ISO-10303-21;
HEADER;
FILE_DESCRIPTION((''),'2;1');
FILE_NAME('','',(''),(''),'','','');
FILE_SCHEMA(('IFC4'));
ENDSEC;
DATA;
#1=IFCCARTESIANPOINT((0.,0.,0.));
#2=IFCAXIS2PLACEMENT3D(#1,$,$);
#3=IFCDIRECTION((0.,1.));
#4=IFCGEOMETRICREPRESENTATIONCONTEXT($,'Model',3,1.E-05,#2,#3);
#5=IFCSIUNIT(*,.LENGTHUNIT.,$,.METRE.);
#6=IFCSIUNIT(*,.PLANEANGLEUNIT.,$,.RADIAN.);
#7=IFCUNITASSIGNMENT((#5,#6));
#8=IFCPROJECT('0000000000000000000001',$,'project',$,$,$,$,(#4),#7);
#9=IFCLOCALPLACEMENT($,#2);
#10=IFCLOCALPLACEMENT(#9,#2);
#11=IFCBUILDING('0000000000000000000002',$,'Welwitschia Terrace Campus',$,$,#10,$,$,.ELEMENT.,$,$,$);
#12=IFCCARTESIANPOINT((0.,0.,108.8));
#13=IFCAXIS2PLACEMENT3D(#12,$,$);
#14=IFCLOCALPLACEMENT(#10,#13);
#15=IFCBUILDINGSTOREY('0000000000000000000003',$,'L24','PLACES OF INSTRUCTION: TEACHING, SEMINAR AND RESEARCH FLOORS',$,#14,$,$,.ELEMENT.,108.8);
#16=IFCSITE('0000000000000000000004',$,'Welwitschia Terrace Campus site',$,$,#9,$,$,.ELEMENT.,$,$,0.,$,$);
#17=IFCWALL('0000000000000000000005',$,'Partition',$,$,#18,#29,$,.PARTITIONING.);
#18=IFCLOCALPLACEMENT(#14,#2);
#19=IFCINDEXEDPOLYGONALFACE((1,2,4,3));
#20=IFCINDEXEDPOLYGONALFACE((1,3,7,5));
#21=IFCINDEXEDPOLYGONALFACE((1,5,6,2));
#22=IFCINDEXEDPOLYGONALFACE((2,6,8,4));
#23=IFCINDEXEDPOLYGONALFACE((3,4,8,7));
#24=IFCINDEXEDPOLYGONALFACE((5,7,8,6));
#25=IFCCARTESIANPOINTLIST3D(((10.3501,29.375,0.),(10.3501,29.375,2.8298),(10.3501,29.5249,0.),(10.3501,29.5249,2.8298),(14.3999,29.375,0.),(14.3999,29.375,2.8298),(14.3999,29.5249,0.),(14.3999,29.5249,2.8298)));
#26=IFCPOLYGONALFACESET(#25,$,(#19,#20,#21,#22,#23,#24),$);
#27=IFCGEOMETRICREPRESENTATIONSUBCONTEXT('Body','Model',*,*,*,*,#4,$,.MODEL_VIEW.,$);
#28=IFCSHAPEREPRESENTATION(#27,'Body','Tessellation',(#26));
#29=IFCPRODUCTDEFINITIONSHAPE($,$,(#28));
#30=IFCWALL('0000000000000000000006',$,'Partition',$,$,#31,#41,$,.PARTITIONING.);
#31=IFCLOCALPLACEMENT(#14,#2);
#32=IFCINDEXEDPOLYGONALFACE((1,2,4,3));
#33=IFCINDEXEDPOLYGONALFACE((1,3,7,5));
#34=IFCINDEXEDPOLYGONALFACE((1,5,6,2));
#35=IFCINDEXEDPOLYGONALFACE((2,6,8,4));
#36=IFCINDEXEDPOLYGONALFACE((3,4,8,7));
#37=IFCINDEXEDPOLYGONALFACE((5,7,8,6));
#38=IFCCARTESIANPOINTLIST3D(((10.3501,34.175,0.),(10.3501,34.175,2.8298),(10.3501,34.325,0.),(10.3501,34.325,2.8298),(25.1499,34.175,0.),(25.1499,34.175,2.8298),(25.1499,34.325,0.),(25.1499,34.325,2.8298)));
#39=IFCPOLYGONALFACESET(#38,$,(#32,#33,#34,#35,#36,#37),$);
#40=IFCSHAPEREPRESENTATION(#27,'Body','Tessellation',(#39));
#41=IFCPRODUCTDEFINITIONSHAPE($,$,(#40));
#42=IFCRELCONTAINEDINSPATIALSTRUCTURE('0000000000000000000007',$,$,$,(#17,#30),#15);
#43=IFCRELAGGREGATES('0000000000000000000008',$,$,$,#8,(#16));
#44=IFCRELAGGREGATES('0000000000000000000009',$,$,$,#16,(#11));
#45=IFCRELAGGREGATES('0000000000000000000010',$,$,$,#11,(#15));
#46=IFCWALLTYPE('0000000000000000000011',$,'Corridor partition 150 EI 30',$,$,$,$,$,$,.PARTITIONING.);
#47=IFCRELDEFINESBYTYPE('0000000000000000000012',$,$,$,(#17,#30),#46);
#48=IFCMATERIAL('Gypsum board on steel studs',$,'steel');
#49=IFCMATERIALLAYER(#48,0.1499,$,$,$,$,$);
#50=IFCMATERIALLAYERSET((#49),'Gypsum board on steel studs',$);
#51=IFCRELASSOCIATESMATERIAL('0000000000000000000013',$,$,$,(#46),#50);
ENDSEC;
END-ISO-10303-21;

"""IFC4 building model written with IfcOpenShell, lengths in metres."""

from ifc_helpers import new_model, si_unit, direction, frame, frame_2d, origin, place, context, subcontext, project, spatial, rectangle, extrude, material, layer, layer_set, type_object, element, save


model = new_model("IFC4")

# Units and contexts
model_context = context("Model", 3, precision=1e-05, world=origin(), true_north=direction((0.0, 1.0)))
body_context = subcontext(model_context, "Body", "Model", "MODEL_VIEW")
ifc_project = project(units=[si_unit("LENGTHUNIT", "METRE"), si_unit("PLANEANGLEUNIT", "RADIAN")], contexts=[model_context])

# Site, building, storey
site_placement = place(None, origin())
site = spatial("IfcSite", under=ifc_project, at=site_placement, Name="Welwitschia Terrace Campus site", CompositionType="ELEMENT", RefElevation=0.0)
building_placement = place(site_placement, origin())
building = spatial("IfcBuilding", under=site, at=building_placement, Name="Welwitschia Terrace Campus", CompositionType="ELEMENT")
storey_placement = place(building_placement, frame((0.0, 0.0, 108.8)))
storey = spatial("IfcBuildingStorey", under=building, at=storey_placement, Name="L24", Description="PLACES OF INSTRUCTION: TEACHING, SEMINAR AND RESEARCH FLOORS", CompositionType="ELEMENT", Elevation=108.8)

# Shared definitions
ifc_material_1 = material(Name="Gypsum board on steel studs", Category="steel")
ifc_layer_1 = layer(ifc_material_1, 0.1499)
ifc_layer_set_1 = layer_set([ifc_layer_1], Name="Gypsum board on steel studs")
wall_type = type_object("IfcWallType", Name="Corridor partition 150 EI 30", PredefinedType="PARTITIONING", material=ifc_layer_set_1)

# Walls
wall_1_placement = place(storey_placement, frame((10.3501, 29.45, 0.0), z_axis=(0.0, 0.0, 1.0), x_axis=(1.0, 0.0, 0.0)))
element("IfcWall", 1, at=wall_1_placement, inside=storey, type_object=wall_type, Name="Partition", PredefinedType="PARTITIONING", context=body_context, shape_type="SweptSolid", body=[
    extrude(rectangle(XDim=4.0498, YDim=0.1499, at=frame_2d((2.0249, 0.0))), origin(), (0.0, 0.0, 1.0), 2.8298),
])
wall_2_placement = place(storey_placement, frame((10.3501, 34.25, 0.0), z_axis=(0.0, 0.0, 1.0), x_axis=(1.0, 0.0, 0.0)))
element("IfcWall", 2, at=wall_2_placement, inside=storey, type_object=wall_type, Name="Partition", PredefinedType="PARTITIONING", context=body_context, shape_type="SweptSolid", body=[
    extrude(rectangle(XDim=14.7998, YDim=0.1499, at=frame_2d((7.3999, 0.0))), origin(), (0.0, 0.0, 1.0), 2.8298),
])

save(model, "model.ifc")
